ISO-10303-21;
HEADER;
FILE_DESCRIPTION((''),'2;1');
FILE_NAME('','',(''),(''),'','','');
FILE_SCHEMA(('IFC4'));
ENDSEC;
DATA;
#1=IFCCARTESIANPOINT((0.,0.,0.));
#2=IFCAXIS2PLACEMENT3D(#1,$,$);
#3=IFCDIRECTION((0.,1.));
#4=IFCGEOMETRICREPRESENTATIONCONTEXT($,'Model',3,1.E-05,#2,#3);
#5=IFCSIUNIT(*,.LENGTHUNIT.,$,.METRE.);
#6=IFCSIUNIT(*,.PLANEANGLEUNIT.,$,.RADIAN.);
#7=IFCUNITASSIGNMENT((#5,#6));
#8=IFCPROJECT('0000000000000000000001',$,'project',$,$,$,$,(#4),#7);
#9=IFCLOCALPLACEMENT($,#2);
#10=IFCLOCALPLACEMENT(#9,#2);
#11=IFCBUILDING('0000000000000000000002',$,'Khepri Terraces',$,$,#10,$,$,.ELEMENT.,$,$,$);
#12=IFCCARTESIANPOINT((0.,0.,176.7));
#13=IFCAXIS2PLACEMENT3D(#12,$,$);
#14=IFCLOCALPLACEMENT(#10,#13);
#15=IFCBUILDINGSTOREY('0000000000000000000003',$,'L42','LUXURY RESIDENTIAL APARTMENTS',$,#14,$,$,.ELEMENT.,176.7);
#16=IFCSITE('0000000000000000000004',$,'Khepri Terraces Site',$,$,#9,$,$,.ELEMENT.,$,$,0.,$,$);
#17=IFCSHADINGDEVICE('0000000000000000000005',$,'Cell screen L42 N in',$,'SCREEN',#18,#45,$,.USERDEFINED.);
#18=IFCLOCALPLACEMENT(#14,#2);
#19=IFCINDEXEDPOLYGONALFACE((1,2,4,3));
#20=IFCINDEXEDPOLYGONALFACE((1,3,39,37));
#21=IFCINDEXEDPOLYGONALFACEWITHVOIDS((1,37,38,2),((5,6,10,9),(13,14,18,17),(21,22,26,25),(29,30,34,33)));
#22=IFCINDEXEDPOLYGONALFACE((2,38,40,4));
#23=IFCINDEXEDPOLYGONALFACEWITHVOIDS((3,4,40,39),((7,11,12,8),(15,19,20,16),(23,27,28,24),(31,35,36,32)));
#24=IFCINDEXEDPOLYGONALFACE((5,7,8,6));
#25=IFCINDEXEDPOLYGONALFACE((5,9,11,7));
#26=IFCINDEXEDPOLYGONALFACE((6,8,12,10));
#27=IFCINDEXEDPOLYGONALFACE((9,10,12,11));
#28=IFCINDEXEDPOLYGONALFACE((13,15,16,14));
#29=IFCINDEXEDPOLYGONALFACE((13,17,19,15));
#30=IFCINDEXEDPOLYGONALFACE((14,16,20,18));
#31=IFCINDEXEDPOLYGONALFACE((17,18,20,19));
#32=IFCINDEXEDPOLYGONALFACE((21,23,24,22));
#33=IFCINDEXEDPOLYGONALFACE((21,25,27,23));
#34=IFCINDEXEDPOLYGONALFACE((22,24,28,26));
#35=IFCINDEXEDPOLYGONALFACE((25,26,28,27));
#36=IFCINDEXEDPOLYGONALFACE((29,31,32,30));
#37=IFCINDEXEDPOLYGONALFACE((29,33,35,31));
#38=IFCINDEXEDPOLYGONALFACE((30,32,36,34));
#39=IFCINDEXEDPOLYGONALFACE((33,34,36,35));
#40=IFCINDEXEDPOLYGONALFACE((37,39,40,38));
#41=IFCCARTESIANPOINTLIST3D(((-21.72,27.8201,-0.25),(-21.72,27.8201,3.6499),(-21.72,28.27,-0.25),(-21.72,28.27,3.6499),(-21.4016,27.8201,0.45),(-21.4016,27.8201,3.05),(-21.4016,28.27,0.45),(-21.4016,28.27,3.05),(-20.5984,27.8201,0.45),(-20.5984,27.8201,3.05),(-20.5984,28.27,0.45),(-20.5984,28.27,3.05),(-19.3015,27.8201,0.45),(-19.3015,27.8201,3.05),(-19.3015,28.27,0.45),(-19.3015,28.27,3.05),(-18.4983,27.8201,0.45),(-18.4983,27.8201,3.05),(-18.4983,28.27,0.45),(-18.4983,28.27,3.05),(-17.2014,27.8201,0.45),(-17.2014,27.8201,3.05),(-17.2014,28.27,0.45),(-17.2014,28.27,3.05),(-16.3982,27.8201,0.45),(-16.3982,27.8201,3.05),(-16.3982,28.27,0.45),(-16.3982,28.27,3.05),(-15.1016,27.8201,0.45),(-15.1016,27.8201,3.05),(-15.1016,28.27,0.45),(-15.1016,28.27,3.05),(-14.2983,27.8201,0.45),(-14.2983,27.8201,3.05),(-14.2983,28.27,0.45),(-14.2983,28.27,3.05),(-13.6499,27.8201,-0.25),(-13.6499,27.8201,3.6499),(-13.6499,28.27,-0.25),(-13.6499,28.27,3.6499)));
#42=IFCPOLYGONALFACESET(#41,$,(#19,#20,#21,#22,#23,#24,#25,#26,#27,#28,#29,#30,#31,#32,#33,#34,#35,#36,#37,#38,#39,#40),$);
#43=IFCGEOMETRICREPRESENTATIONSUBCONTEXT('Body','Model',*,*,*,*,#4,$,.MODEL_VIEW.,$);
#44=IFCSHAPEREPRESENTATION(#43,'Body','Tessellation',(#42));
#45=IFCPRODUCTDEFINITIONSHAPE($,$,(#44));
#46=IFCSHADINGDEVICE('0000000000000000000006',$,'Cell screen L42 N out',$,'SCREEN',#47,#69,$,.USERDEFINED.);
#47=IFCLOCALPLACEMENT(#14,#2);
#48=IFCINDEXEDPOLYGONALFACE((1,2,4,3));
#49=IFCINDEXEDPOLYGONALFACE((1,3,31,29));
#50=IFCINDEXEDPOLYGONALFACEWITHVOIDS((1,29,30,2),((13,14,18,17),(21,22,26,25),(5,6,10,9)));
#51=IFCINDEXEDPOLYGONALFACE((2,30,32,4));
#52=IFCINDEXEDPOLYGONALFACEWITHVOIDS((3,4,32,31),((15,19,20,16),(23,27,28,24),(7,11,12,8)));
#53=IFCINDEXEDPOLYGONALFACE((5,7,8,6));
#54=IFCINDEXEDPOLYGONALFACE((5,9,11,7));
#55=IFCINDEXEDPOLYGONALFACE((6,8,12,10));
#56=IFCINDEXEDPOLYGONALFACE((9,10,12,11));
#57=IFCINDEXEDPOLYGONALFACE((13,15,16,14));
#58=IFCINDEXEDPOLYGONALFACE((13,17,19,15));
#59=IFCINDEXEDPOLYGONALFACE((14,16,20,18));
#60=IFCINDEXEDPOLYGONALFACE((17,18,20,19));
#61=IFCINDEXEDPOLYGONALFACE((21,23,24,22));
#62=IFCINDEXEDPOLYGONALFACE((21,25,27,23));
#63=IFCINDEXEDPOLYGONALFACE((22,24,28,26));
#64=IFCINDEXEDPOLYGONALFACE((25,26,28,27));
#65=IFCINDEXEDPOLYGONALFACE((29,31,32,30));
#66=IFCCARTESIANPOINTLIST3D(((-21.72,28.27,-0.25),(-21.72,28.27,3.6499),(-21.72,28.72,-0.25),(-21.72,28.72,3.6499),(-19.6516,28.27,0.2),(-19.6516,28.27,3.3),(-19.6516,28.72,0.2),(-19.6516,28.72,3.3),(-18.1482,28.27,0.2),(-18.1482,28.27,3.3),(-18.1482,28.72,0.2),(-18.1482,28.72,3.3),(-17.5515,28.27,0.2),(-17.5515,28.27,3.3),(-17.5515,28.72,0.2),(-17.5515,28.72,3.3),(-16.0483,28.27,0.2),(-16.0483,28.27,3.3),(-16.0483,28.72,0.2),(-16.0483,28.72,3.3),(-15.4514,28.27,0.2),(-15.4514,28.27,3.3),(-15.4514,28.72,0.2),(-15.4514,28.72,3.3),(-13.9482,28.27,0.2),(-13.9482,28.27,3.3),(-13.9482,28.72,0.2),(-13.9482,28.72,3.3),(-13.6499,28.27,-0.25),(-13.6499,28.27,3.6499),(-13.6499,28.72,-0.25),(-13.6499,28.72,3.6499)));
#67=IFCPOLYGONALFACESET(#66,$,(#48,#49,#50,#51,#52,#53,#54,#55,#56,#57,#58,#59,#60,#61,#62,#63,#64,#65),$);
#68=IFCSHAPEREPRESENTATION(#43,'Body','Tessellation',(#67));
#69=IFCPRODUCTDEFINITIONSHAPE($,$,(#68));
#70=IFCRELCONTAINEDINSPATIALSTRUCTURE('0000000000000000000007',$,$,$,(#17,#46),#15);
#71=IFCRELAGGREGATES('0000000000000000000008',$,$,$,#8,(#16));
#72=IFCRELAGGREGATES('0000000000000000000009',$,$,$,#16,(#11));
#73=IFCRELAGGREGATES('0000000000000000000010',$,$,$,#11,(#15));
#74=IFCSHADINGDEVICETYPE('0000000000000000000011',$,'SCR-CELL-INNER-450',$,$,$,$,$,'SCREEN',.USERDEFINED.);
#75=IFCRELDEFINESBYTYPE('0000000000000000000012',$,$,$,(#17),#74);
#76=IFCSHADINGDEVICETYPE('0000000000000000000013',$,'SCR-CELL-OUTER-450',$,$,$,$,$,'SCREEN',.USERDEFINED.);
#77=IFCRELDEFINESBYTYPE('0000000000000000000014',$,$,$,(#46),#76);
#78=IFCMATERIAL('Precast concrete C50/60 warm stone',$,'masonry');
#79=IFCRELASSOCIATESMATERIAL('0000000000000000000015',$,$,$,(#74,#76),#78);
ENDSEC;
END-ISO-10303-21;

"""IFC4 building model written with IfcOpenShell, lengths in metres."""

from ifc_helpers import new_model, si_unit, direction, frame, origin, place, context, subcontext, project, spatial, polyline, outline, extrude, material, type_object, element, save


model = new_model("IFC4")

# Units and contexts
model_context = context("Model", 3, precision=1e-05, world=origin(), true_north=direction((0.0, 1.0)))
body_context = subcontext(model_context, "Body", "Model", "MODEL_VIEW")
ifc_project = project(units=[si_unit("LENGTHUNIT", "METRE"), si_unit("PLANEANGLEUNIT", "RADIAN")], contexts=[model_context])

# Site, building, storey
site_placement = place(None, origin())
site = spatial("IfcSite", under=ifc_project, at=site_placement, Name="Khepri Terraces Site", CompositionType="ELEMENT", RefElevation=0.0)
building_placement = place(site_placement, origin())
building = spatial("IfcBuilding", under=site, at=building_placement, Name="Khepri Terraces", CompositionType="ELEMENT")
storey_placement = place(building_placement, frame((0.0, 0.0, 176.7)))
storey = spatial("IfcBuildingStorey", under=building, at=storey_placement, Name="L42", Description="LUXURY RESIDENTIAL APARTMENTS", CompositionType="ELEMENT", Elevation=176.7)

# Shared definitions
ifc_material_1 = material(Name="Precast concrete C50/60 warm stone", Category="masonry")

# Shading devices
shading_device_type_1 = type_object("IfcShadingDeviceType", Name="SCR-CELL-INNER-450", ElementType="SCREEN", PredefinedType="USERDEFINED", material=ifc_material_1)
shading_device_1_placement = place(storey_placement, frame((-13.6499, 27.8201, -0.25), z_axis=(0.0, 1.0, 0.0), x_axis=(-1.0, 0.0, 0.0)))
element("IfcShadingDevice", 1, at=shading_device_1_placement, inside=storey, type_object=shading_device_type_1, Name="Cell screen L42 N in", ObjectType="SCREEN", PredefinedType="USERDEFINED", context=body_context, shape_type="SweptSolid", body=[
    extrude(outline(polyline([(0.0, 0.0), (8.0701, 0.0), (8.0701, 3.8999), (0.0, 3.8999), (0.0, 0.0)]), holes=[polyline([(0.6484, 0.7), (1.4517, 0.7), (1.4517, 3.3), (0.6484, 3.3), (0.6484, 0.7)]), polyline([(2.7483, 0.7), (3.5515, 0.7), (3.5515, 3.3), (2.7483, 3.3), (2.7483, 0.7)]), polyline([(4.8484, 0.7), (5.6516, 0.7), (5.6516, 3.3), (4.8484, 3.3), (4.8484, 0.7)]), polyline([(6.9485, 0.7), (7.7517, 0.7), (7.7517, 3.3), (6.9485, 3.3), (6.9485, 0.7)])]), origin(), (0.0, 0.0, 1.0), 0.45),
])
shading_device_type_2 = type_object("IfcShadingDeviceType", Name="SCR-CELL-OUTER-450", ElementType="SCREEN", PredefinedType="USERDEFINED", material=ifc_material_1)
shading_device_2_placement = place(storey_placement, frame((-13.6499, 28.27, -0.25), z_axis=(0.0, 1.0, 0.0), x_axis=(-1.0, 0.0, 0.0)))
element("IfcShadingDevice", 2, at=shading_device_2_placement, inside=storey, type_object=shading_device_type_2, Name="Cell screen L42 N out", ObjectType="SCREEN", PredefinedType="USERDEFINED", context=body_context, shape_type="SweptSolid", body=[
    extrude(outline(polyline([(0.0, 0.0), (8.0701, 0.0), (8.0701, 3.8999), (0.0, 3.8999), (0.0, 0.0)]), holes=[polyline([(0.2983, 0.45), (1.8015, 0.45), (1.8015, 3.55), (0.2983, 3.55), (0.2983, 0.45)]), polyline([(2.3984, 0.45), (3.9016, 0.45), (3.9016, 3.55), (2.3984, 3.55), (2.3984, 0.45)]), polyline([(4.4983, 0.45), (6.0017, 0.45), (6.0017, 3.55), (4.4983, 3.55), (4.4983, 0.45)])]), origin(), (0.0, 0.0, 1.0), 0.45),
])

save(model, "model.ifc")
